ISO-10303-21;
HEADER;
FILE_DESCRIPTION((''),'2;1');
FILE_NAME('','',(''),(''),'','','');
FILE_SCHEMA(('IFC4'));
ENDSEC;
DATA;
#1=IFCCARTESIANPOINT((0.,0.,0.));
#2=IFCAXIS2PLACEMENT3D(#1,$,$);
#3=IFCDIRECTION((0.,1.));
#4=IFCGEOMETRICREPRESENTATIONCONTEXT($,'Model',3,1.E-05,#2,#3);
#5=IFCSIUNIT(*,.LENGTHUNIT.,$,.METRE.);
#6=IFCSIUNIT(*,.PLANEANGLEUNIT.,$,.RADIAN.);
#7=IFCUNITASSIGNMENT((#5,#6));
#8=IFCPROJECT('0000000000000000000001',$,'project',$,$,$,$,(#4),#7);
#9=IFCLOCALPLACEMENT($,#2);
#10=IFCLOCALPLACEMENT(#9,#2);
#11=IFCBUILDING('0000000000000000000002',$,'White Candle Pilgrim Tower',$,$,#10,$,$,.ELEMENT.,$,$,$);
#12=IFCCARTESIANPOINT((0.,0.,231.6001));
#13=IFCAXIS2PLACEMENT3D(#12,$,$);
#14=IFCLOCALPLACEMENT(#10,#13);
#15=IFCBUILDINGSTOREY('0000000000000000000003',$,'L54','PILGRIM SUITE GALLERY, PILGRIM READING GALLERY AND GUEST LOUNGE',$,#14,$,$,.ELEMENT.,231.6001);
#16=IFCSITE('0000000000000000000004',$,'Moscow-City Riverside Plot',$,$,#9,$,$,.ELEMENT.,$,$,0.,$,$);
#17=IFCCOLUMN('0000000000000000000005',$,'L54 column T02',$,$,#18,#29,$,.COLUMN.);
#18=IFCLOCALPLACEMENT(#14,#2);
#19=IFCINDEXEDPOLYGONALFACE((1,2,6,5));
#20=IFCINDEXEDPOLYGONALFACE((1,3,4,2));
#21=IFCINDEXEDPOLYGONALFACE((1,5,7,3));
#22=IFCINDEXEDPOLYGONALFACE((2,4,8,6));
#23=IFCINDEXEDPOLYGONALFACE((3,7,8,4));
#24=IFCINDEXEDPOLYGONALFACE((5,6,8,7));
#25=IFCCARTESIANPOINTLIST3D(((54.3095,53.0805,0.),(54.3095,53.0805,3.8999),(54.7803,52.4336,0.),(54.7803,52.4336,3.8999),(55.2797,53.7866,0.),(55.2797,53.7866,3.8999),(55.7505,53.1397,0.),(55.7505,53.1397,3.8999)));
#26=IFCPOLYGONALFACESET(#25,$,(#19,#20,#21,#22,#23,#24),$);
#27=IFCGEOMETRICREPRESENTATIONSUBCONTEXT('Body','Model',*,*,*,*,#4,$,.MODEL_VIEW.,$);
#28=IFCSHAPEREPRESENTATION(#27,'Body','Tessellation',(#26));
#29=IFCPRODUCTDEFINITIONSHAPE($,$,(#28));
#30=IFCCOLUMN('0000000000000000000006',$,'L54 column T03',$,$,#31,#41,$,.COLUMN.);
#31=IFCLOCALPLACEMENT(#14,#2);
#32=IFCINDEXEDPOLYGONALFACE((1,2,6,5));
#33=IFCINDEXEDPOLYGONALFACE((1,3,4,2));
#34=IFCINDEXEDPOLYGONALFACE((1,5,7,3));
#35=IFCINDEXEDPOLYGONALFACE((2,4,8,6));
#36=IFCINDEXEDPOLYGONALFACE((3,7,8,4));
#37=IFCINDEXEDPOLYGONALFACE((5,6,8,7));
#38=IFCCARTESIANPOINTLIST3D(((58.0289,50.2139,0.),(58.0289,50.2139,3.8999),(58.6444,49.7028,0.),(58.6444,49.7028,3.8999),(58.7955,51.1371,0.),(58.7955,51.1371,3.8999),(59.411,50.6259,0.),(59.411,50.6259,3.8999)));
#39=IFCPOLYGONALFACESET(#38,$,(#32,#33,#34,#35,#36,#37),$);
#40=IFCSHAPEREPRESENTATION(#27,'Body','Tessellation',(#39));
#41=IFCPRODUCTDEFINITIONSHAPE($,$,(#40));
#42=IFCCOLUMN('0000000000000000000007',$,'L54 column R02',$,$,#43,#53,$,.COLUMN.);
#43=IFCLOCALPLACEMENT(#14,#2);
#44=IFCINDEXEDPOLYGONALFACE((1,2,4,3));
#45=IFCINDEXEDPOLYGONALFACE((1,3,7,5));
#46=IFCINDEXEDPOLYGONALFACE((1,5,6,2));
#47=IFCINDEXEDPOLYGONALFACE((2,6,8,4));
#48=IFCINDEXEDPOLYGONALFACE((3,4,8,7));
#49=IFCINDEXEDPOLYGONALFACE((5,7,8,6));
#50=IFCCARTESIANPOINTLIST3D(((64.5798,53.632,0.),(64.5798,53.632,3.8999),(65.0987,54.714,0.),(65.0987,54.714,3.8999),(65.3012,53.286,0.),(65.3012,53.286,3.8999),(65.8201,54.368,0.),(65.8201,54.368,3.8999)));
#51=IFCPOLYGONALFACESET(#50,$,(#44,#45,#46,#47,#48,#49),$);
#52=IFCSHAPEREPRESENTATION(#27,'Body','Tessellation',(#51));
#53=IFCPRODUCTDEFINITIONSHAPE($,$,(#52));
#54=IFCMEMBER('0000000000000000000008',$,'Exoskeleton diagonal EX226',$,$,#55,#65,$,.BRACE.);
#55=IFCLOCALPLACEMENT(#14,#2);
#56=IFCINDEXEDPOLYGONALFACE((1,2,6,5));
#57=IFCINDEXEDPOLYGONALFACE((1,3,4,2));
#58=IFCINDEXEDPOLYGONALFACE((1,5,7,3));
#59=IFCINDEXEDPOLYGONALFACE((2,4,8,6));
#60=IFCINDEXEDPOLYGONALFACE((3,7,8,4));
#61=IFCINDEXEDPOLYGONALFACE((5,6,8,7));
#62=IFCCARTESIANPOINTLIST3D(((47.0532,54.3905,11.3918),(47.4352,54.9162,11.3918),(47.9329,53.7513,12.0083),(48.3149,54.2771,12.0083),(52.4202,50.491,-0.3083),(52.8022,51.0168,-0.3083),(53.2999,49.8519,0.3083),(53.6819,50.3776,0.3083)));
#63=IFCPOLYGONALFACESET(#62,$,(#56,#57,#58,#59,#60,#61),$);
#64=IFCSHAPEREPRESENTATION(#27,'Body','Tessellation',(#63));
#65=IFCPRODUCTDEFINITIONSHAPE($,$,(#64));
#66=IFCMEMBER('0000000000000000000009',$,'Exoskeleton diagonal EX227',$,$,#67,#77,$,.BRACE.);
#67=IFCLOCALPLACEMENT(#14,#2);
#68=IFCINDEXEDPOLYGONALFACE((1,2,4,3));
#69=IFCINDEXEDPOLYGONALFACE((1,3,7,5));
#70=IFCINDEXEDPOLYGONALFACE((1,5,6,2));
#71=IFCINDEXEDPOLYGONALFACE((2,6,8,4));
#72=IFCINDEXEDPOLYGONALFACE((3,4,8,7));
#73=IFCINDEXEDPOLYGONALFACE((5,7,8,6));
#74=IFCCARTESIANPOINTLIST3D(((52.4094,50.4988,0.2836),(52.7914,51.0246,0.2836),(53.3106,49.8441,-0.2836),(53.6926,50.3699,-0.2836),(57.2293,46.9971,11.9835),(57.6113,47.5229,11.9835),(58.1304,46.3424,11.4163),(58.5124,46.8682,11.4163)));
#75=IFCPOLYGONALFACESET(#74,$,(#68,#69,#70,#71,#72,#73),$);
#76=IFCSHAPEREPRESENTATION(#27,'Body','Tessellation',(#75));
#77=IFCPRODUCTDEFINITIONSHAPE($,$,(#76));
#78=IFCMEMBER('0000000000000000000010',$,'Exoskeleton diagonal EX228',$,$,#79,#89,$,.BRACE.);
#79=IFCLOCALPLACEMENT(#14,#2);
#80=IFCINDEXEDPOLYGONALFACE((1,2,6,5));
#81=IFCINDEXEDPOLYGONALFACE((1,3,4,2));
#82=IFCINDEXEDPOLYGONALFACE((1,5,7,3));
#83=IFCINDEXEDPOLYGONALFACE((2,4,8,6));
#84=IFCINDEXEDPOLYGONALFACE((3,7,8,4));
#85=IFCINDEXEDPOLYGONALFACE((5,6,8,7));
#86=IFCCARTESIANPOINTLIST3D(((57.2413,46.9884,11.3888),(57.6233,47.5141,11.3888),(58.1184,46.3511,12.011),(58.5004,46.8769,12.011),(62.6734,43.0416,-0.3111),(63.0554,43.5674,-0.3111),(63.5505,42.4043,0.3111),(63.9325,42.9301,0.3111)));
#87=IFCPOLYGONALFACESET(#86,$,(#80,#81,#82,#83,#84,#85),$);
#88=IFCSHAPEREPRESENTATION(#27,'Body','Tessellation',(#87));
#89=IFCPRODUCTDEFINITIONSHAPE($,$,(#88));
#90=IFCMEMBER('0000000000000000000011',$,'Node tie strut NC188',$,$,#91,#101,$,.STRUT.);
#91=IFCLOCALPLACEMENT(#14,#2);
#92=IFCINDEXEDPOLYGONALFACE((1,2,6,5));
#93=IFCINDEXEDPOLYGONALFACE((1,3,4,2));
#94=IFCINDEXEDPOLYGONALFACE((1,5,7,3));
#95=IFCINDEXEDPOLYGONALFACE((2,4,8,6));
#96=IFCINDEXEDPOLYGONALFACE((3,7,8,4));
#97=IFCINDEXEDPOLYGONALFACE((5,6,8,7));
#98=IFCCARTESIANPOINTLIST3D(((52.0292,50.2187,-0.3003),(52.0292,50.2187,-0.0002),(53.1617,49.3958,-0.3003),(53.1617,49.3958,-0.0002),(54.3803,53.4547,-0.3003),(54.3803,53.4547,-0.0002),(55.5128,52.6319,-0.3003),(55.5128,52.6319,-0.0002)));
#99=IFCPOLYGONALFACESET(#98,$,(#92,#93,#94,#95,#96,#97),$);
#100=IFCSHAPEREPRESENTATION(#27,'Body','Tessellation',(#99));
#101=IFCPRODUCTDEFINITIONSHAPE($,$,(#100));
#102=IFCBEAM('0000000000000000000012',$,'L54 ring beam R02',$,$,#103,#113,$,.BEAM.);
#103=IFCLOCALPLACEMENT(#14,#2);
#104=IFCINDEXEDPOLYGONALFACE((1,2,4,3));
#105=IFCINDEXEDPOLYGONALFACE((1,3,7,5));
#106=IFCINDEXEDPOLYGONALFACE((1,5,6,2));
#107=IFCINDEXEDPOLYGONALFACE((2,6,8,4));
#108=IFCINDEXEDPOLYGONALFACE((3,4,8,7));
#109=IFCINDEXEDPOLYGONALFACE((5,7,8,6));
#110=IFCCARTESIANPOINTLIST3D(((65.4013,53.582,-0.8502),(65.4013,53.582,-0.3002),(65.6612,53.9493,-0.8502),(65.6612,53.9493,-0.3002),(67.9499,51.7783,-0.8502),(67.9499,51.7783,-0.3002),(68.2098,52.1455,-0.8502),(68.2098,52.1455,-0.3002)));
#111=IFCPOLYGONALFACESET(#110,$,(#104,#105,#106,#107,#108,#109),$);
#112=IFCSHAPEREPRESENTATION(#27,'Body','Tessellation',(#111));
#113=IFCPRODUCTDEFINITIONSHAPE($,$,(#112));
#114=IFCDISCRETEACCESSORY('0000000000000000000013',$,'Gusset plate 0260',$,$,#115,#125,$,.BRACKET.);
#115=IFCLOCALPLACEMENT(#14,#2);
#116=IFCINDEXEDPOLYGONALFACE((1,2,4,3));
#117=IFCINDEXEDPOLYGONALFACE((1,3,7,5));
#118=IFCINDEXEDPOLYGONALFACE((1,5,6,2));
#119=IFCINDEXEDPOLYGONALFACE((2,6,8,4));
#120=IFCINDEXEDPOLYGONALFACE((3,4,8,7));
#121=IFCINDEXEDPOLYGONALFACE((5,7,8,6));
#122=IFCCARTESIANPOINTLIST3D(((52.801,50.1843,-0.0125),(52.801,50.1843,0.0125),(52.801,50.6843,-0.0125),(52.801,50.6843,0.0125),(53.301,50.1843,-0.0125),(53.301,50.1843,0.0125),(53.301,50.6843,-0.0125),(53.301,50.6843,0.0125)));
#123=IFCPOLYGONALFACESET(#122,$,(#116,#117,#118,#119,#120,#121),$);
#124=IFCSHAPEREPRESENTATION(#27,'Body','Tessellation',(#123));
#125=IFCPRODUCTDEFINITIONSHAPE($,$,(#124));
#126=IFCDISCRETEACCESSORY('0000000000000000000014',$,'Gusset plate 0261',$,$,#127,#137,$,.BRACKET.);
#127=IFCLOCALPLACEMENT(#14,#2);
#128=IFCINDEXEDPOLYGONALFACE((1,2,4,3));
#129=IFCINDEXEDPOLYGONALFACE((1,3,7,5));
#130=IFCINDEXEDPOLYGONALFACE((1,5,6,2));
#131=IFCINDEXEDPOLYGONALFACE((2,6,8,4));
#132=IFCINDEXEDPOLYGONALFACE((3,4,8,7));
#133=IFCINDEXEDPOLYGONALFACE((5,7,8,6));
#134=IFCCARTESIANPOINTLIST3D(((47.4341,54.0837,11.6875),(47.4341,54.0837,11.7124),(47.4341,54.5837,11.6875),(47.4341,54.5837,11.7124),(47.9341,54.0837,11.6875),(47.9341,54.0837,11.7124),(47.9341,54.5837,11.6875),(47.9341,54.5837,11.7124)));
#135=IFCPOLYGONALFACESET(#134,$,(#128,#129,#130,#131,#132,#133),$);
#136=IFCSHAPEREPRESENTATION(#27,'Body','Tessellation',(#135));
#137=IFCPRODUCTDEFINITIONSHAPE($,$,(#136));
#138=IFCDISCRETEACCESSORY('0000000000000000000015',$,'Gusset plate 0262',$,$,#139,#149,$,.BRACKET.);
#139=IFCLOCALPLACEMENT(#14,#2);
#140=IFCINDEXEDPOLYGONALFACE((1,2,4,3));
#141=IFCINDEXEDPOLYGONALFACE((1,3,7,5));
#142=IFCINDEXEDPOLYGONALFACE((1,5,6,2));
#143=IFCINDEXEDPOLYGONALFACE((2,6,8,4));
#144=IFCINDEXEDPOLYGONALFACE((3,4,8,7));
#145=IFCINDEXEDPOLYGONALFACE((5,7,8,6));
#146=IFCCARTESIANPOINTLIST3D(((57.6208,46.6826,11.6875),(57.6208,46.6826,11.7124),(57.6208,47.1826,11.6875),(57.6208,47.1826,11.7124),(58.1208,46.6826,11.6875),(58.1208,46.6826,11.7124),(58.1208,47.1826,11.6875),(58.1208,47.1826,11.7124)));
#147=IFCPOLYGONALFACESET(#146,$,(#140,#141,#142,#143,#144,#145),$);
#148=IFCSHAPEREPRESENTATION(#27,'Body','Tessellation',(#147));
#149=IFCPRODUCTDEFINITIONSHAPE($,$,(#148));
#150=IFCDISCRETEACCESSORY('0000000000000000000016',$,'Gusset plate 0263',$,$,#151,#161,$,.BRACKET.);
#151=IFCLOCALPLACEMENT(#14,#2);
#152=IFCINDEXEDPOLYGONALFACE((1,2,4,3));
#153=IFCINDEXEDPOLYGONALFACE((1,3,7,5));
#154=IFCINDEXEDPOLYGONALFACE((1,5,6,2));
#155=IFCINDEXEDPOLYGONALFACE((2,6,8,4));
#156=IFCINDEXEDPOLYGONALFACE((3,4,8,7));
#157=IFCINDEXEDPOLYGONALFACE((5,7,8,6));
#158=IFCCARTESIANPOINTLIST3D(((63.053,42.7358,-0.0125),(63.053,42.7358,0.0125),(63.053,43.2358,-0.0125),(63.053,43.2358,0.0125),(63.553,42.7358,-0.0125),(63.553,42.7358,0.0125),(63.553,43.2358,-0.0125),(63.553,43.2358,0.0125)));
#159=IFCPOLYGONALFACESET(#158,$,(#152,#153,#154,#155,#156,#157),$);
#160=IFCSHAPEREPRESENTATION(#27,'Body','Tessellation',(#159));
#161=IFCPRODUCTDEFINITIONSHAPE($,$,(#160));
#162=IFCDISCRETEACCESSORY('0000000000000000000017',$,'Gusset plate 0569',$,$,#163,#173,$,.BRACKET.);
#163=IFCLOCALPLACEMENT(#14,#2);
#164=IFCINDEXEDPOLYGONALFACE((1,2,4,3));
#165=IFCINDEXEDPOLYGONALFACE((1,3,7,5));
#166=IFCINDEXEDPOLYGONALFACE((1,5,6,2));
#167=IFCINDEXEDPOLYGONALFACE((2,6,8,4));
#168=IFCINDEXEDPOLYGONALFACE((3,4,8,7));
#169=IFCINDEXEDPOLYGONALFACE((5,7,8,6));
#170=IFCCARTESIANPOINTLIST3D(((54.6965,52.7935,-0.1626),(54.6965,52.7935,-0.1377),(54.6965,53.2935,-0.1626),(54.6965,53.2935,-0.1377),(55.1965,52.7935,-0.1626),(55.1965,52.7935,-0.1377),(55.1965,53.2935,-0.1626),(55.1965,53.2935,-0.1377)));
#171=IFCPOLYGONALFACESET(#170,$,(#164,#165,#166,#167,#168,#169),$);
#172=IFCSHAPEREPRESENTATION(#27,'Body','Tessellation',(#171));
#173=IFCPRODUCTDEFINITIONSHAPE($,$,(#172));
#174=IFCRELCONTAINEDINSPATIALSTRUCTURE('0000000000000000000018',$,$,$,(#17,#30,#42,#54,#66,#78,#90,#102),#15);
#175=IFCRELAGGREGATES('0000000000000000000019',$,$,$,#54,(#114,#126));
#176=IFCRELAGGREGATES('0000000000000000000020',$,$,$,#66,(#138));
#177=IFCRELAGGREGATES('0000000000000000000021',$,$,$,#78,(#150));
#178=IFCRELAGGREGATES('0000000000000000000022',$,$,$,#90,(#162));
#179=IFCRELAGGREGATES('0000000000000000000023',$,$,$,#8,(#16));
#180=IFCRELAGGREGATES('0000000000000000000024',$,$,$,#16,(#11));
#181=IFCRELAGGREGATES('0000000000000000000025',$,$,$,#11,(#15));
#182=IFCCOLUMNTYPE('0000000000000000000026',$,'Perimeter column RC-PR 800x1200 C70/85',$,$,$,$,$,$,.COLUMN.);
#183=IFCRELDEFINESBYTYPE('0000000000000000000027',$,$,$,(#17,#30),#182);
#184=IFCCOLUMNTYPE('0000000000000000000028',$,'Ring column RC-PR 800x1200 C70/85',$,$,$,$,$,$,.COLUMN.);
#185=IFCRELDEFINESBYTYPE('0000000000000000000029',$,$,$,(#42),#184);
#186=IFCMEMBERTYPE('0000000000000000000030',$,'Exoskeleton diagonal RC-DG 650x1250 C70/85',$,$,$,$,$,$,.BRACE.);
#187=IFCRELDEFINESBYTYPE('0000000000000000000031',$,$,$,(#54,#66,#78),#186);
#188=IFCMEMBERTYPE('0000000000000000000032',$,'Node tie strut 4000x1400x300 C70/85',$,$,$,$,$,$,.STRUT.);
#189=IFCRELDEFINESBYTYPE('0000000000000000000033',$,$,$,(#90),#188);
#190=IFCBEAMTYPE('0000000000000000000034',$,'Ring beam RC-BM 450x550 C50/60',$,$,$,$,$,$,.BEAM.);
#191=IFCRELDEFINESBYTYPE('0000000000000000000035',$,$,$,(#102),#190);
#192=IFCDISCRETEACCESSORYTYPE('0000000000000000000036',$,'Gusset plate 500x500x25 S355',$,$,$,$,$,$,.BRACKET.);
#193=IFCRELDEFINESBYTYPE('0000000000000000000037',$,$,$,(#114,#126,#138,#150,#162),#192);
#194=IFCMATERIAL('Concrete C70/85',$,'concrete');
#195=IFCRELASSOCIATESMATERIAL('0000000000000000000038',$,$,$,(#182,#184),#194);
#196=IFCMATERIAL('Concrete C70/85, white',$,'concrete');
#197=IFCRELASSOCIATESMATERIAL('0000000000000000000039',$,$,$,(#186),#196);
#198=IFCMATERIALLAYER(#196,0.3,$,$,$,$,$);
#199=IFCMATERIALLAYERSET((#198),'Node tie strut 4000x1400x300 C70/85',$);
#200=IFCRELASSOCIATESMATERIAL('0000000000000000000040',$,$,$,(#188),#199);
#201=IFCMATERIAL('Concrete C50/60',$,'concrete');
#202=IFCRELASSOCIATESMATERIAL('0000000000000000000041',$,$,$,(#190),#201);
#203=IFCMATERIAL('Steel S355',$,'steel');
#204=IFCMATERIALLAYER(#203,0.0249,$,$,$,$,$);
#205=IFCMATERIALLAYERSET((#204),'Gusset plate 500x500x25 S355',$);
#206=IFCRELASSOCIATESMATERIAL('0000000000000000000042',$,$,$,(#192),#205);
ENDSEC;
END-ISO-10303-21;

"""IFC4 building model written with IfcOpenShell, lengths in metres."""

from ifc_helpers import new_model, si_unit, direction, frame, origin, origin_2d, place, context, subcontext, project, spatial, rectangle, extrude, material, layer, layer_set, material_profile, profile_set, type_object, element, aggregate, save


model = new_model("IFC4")

# Units and contexts
model_context = context("Model", 3, precision=1e-05, world=origin(), true_north=direction((0.0, 1.0)))
body_context = subcontext(model_context, "Body", "Model", "MODEL_VIEW")
ifc_project = project(units=[si_unit("LENGTHUNIT", "METRE"), si_unit("PLANEANGLEUNIT", "RADIAN")], contexts=[model_context])

# Site, building, storey
site_placement = place(None, origin())
site = spatial("IfcSite", under=ifc_project, at=site_placement, Name="Moscow-City Riverside Plot", CompositionType="ELEMENT", RefElevation=0.0)
building_placement = place(site_placement, origin())
building = spatial("IfcBuilding", under=site, at=building_placement, Name="White Candle Pilgrim Tower", CompositionType="ELEMENT")
storey_placement = place(building_placement, frame((0.0, 0.0, 231.6001)))
storey = spatial("IfcBuildingStorey", under=building, at=storey_placement, Name="L54", Description="PILGRIM SUITE GALLERY, PILGRIM READING GALLERY AND GUEST LOUNGE", CompositionType="ELEMENT", Elevation=231.6001)

# Columns
ifc_material_1 = material(Name="Concrete C70/85", Category="concrete")
ifc_material_profile_1 = material_profile(ifc_material_1, rectangle(XDim=0.8, YDim=1.2, at=origin_2d()), Name="RC-PR 800x1200")
ifc_profile_set_1 = profile_set([ifc_material_profile_1], Name="Concrete C70/85")
column_type_1 = type_object("IfcColumnType", Name="Perimeter column RC-PR 800x1200 C70/85", PredefinedType="COLUMN", material=ifc_profile_set_1)
for number, where, z_axis, x_axis, name in (
    (1, (55.03, 53.1101, 0.0), (0.0, 0.0, 1.0), (-0.588463, 0.808524, 0.0), "L54 column T02"),
    (2, (58.72, 50.4199, 0.0), (0.0, 0.0, 1.0), (-0.76931, 0.638875, 0.0), "L54 column T03"),
):
    element("IfcColumn", number, at=place(storey_placement, frame(where, z_axis=z_axis, x_axis=x_axis)), inside=storey, type_object=column_type_1, Name=name, PredefinedType="COLUMN", context=body_context, shape_type="SweptSolid", body=[
        extrude(rectangle(XDim=0.8, YDim=1.2, at=origin_2d()), origin(), (0.0, 0.0, 1.0), 3.8999),
    ])
ifc_material_profile_2 = material_profile(ifc_material_1, rectangle(XDim=0.8, YDim=1.2, at=origin_2d()), Name="RC-PR 800x1200")
ifc_profile_set_2 = profile_set([ifc_material_profile_2], Name="Concrete C70/85")
column_type_2 = type_object("IfcColumnType", Name="Ring column RC-PR 800x1200 C70/85", PredefinedType="COLUMN", material=ifc_profile_set_2)
column_placement = place(storey_placement, frame((65.2, 54.0, 0.0), z_axis=(0.0, 0.0, 1.0), x_axis=(-0.901689, 0.432385, 0.0)))
element("IfcColumn", 3, at=column_placement, inside=storey, type_object=column_type_2, Name="L54 column R02", PredefinedType="COLUMN", context=body_context, shape_type="SweptSolid", body=[
    extrude(rectangle(XDim=0.8, YDim=1.2, at=origin_2d()), origin(), (0.0, 0.0, 1.0), 3.8999),
])

# Members
ifc_material_2 = material(Name="Concrete C70/85, white", Category="concrete")
ifc_material_profile_3 = material_profile(ifc_material_2, rectangle(XDim=0.6499, YDim=1.25, at=origin_2d()), Name="RC-DG 650x1250")
ifc_profile_set_3 = profile_set([ifc_material_profile_3], Name="Concrete C70/85, white")
member_type_1 = type_object("IfcMemberType", Name="Exoskeleton diagonal RC-DG 650x1250 C70/85", PredefinedType="BRACE", material=ifc_profile_set_3)
member_1_placement = place(storey_placement, frame((53.051, 50.4343, 0.0), z_axis=(-0.399034, 0.289923, 0.869895), x_axis=(-0.587795, -0.80901, 0.0)))
member_1 = element("IfcMember", 4, at=member_1_placement, inside=storey, type_object=member_type_1, Name="Exoskeleton diagonal EX226", PredefinedType="BRACE", context=body_context, shape_type="SweptSolid", body=[
    extrude(rectangle(XDim=0.6499, YDim=1.25, at=origin_2d()), origin(), (0.0, 0.0, 1.0), 13.45),
])
member_2_placement = place(storey_placement, frame((53.051, 50.4343, 0.0), z_axis=(0.367101, -0.266707, 0.891125), x_axis=(0.587774, 0.809025, 0.0)))
member_2 = element("IfcMember", 5, at=member_2_placement, inside=storey, type_object=member_type_1, Name="Exoskeleton diagonal EX227", PredefinedType="BRACE", context=body_context, shape_type="SweptSolid", body=[
    extrude(rectangle(XDim=0.6499, YDim=1.25, at=origin_2d()), origin(), (0.0, 0.0, 1.0), 13.1294),
])
member_3_placement = place(storey_placement, frame((63.303, 42.9858, 0.0), z_axis=(-0.402685, 0.292576, 0.86732), x_axis=(-0.587795, -0.80901, 0.0)))
member_3 = element("IfcMember", 6, at=member_3_placement, inside=storey, type_object=member_type_1, Name="Exoskeleton diagonal EX228", PredefinedType="BRACE", context=body_context, shape_type="SweptSolid", body=[
    extrude(rectangle(XDim=0.6499, YDim=1.25, at=origin_2d()), origin(), (0.0, 0.0, 1.0), 13.4897),
])
ifc_layer_1 = layer(ifc_material_2, 0.3)
ifc_layer_set_1 = layer_set([ifc_layer_1], Name="Node tie strut 4000x1400x300 C70/85")
member_type_2 = type_object("IfcMemberType", Name="Node tie strut 4000x1400x300 C70/85", PredefinedType="STRUT", material=ifc_layer_set_1)
member_4_placement = place(storey_placement, frame((53.771, 51.4253, -0.3003), z_axis=(0.0, 0.0, 1.0), x_axis=(0.809017, -0.587785, 0.0)))
member_4 = element("IfcMember", 7, at=member_4_placement, inside=storey, type_object=member_type_2, Name="Node tie strut NC188", PredefinedType="STRUT", context=body_context, shape_type="SweptSolid", body=[
    extrude(rectangle(XDim=1.3999, YDim=4.0, at=origin_2d()), origin(), (0.0, 0.0, 1.0), 0.3),
])

# Beam
ifc_material_3 = material(Name="Concrete C50/60", Category="concrete")
ifc_material_profile_4 = material_profile(ifc_material_3, rectangle(XDim=0.45, YDim=0.55, at=origin_2d()), Name="RC-BM 450x550")
ifc_profile_set_4 = profile_set([ifc_material_profile_4], Name="Concrete C50/60")
beam_type_1 = type_object("IfcBeamType", Name="Ring beam RC-BM 450x550 C50/60", PredefinedType="BEAM", material=ifc_profile_set_4)
beam_1_placement = place(storey_placement, frame((65.5312, 53.7656, -0.5752), z_axis=(0.816256, -0.57769, 0.0), x_axis=(0.57769, 0.816256, 0.0)))
element("IfcBeam", 8, at=beam_1_placement, inside=storey, type_object=beam_type_1, Name="L54 ring beam R02", PredefinedType="BEAM", context=body_context, shape_type="SweptSolid", body=[
    extrude(rectangle(XDim=0.45, YDim=0.55, at=origin_2d()), origin(), (0.0, 0.0, 1.0), 3.1223),
])

# Discrete accessories
ifc_material_4 = material(Name="Steel S355", Category="steel")
ifc_layer_2 = layer(ifc_material_4, 0.0249)
ifc_layer_set_2 = layer_set([ifc_layer_2], Name="Gusset plate 500x500x25 S355")
discrete_accessory_type = type_object("IfcDiscreteAccessoryType", Name="Gusset plate 500x500x25 S355", PredefinedType="BRACKET", material=ifc_layer_set_2)
discrete_accessory_1_placement = place(storey_placement, frame((53.051, 50.4343, -0.0125), z_axis=(0.0, 0.0, 1.0), x_axis=(1.0, 0.0, 0.0)))
discrete_accessory_1 = element("IfcDiscreteAccessory", 9, at=discrete_accessory_1_placement, type_object=discrete_accessory_type, Name="Gusset plate 0260", PredefinedType="BRACKET", context=body_context, shape_type="SweptSolid", body=[
    extrude(rectangle(XDim=0.5, YDim=0.5, at=origin_2d()), origin(), (0.0, 0.0, 1.0), 0.0249),
])
placement = place(building_placement, frame((0.0, 0.0, 243.3)))
discrete_accessory_2_placement = place(placement, frame((47.6841, 54.3337, -0.0125), z_axis=(0.0, 0.0, 1.0), x_axis=(1.0, 0.0, 0.0)))
discrete_accessory_2 = element("IfcDiscreteAccessory", 10, at=discrete_accessory_2_placement, type_object=discrete_accessory_type, Name="Gusset plate 0261", PredefinedType="BRACKET", context=body_context, shape_type="SweptSolid", body=[
    extrude(rectangle(XDim=0.5, YDim=0.5, at=origin_2d()), origin(), (0.0, 0.0, 1.0), 0.0249),
])
aggregate(member_1, [discrete_accessory_1, discrete_accessory_2])
discrete_accessory_3_placement = place(placement, frame((57.8708, 46.9326, -0.0125), z_axis=(0.0, 0.0, 1.0), x_axis=(1.0, 0.0, 0.0)))
discrete_accessory_3 = element("IfcDiscreteAccessory", 11, at=discrete_accessory_3_placement, type_object=discrete_accessory_type, Name="Gusset plate 0262", PredefinedType="BRACKET", context=body_context, shape_type="SweptSolid", body=[
    extrude(rectangle(XDim=0.5, YDim=0.5, at=origin_2d()), origin(), (0.0, 0.0, 1.0), 0.0249),
])
aggregate(member_2, [discrete_accessory_3])
discrete_accessory_4_placement = place(storey_placement, frame((63.303, 42.9858, -0.0125), z_axis=(0.0, 0.0, 1.0), x_axis=(1.0, 0.0, 0.0)))
discrete_accessory_4 = element("IfcDiscreteAccessory", 12, at=discrete_accessory_4_placement, type_object=discrete_accessory_type, Name="Gusset plate 0263", PredefinedType="BRACKET", context=body_context, shape_type="SweptSolid", body=[
    extrude(rectangle(XDim=0.5, YDim=0.5, at=origin_2d()), origin(), (0.0, 0.0, 1.0), 0.0249),
])
aggregate(member_3, [discrete_accessory_4])
discrete_accessory_5_placement = place(storey_placement, frame((54.9465, 53.0435, -0.1626), z_axis=(0.0, 0.0, 1.0), x_axis=(1.0, 0.0, 0.0)))
discrete_accessory_5 = element("IfcDiscreteAccessory", 13, at=discrete_accessory_5_placement, type_object=discrete_accessory_type, Name="Gusset plate 0569", PredefinedType="BRACKET", context=body_context, shape_type="SweptSolid", body=[
    extrude(rectangle(XDim=0.5, YDim=0.5, at=origin_2d()), origin(), (0.0, 0.0, 1.0), 0.0249),
])
aggregate(member_4, [discrete_accessory_5])

save(model, "model.ifc")
